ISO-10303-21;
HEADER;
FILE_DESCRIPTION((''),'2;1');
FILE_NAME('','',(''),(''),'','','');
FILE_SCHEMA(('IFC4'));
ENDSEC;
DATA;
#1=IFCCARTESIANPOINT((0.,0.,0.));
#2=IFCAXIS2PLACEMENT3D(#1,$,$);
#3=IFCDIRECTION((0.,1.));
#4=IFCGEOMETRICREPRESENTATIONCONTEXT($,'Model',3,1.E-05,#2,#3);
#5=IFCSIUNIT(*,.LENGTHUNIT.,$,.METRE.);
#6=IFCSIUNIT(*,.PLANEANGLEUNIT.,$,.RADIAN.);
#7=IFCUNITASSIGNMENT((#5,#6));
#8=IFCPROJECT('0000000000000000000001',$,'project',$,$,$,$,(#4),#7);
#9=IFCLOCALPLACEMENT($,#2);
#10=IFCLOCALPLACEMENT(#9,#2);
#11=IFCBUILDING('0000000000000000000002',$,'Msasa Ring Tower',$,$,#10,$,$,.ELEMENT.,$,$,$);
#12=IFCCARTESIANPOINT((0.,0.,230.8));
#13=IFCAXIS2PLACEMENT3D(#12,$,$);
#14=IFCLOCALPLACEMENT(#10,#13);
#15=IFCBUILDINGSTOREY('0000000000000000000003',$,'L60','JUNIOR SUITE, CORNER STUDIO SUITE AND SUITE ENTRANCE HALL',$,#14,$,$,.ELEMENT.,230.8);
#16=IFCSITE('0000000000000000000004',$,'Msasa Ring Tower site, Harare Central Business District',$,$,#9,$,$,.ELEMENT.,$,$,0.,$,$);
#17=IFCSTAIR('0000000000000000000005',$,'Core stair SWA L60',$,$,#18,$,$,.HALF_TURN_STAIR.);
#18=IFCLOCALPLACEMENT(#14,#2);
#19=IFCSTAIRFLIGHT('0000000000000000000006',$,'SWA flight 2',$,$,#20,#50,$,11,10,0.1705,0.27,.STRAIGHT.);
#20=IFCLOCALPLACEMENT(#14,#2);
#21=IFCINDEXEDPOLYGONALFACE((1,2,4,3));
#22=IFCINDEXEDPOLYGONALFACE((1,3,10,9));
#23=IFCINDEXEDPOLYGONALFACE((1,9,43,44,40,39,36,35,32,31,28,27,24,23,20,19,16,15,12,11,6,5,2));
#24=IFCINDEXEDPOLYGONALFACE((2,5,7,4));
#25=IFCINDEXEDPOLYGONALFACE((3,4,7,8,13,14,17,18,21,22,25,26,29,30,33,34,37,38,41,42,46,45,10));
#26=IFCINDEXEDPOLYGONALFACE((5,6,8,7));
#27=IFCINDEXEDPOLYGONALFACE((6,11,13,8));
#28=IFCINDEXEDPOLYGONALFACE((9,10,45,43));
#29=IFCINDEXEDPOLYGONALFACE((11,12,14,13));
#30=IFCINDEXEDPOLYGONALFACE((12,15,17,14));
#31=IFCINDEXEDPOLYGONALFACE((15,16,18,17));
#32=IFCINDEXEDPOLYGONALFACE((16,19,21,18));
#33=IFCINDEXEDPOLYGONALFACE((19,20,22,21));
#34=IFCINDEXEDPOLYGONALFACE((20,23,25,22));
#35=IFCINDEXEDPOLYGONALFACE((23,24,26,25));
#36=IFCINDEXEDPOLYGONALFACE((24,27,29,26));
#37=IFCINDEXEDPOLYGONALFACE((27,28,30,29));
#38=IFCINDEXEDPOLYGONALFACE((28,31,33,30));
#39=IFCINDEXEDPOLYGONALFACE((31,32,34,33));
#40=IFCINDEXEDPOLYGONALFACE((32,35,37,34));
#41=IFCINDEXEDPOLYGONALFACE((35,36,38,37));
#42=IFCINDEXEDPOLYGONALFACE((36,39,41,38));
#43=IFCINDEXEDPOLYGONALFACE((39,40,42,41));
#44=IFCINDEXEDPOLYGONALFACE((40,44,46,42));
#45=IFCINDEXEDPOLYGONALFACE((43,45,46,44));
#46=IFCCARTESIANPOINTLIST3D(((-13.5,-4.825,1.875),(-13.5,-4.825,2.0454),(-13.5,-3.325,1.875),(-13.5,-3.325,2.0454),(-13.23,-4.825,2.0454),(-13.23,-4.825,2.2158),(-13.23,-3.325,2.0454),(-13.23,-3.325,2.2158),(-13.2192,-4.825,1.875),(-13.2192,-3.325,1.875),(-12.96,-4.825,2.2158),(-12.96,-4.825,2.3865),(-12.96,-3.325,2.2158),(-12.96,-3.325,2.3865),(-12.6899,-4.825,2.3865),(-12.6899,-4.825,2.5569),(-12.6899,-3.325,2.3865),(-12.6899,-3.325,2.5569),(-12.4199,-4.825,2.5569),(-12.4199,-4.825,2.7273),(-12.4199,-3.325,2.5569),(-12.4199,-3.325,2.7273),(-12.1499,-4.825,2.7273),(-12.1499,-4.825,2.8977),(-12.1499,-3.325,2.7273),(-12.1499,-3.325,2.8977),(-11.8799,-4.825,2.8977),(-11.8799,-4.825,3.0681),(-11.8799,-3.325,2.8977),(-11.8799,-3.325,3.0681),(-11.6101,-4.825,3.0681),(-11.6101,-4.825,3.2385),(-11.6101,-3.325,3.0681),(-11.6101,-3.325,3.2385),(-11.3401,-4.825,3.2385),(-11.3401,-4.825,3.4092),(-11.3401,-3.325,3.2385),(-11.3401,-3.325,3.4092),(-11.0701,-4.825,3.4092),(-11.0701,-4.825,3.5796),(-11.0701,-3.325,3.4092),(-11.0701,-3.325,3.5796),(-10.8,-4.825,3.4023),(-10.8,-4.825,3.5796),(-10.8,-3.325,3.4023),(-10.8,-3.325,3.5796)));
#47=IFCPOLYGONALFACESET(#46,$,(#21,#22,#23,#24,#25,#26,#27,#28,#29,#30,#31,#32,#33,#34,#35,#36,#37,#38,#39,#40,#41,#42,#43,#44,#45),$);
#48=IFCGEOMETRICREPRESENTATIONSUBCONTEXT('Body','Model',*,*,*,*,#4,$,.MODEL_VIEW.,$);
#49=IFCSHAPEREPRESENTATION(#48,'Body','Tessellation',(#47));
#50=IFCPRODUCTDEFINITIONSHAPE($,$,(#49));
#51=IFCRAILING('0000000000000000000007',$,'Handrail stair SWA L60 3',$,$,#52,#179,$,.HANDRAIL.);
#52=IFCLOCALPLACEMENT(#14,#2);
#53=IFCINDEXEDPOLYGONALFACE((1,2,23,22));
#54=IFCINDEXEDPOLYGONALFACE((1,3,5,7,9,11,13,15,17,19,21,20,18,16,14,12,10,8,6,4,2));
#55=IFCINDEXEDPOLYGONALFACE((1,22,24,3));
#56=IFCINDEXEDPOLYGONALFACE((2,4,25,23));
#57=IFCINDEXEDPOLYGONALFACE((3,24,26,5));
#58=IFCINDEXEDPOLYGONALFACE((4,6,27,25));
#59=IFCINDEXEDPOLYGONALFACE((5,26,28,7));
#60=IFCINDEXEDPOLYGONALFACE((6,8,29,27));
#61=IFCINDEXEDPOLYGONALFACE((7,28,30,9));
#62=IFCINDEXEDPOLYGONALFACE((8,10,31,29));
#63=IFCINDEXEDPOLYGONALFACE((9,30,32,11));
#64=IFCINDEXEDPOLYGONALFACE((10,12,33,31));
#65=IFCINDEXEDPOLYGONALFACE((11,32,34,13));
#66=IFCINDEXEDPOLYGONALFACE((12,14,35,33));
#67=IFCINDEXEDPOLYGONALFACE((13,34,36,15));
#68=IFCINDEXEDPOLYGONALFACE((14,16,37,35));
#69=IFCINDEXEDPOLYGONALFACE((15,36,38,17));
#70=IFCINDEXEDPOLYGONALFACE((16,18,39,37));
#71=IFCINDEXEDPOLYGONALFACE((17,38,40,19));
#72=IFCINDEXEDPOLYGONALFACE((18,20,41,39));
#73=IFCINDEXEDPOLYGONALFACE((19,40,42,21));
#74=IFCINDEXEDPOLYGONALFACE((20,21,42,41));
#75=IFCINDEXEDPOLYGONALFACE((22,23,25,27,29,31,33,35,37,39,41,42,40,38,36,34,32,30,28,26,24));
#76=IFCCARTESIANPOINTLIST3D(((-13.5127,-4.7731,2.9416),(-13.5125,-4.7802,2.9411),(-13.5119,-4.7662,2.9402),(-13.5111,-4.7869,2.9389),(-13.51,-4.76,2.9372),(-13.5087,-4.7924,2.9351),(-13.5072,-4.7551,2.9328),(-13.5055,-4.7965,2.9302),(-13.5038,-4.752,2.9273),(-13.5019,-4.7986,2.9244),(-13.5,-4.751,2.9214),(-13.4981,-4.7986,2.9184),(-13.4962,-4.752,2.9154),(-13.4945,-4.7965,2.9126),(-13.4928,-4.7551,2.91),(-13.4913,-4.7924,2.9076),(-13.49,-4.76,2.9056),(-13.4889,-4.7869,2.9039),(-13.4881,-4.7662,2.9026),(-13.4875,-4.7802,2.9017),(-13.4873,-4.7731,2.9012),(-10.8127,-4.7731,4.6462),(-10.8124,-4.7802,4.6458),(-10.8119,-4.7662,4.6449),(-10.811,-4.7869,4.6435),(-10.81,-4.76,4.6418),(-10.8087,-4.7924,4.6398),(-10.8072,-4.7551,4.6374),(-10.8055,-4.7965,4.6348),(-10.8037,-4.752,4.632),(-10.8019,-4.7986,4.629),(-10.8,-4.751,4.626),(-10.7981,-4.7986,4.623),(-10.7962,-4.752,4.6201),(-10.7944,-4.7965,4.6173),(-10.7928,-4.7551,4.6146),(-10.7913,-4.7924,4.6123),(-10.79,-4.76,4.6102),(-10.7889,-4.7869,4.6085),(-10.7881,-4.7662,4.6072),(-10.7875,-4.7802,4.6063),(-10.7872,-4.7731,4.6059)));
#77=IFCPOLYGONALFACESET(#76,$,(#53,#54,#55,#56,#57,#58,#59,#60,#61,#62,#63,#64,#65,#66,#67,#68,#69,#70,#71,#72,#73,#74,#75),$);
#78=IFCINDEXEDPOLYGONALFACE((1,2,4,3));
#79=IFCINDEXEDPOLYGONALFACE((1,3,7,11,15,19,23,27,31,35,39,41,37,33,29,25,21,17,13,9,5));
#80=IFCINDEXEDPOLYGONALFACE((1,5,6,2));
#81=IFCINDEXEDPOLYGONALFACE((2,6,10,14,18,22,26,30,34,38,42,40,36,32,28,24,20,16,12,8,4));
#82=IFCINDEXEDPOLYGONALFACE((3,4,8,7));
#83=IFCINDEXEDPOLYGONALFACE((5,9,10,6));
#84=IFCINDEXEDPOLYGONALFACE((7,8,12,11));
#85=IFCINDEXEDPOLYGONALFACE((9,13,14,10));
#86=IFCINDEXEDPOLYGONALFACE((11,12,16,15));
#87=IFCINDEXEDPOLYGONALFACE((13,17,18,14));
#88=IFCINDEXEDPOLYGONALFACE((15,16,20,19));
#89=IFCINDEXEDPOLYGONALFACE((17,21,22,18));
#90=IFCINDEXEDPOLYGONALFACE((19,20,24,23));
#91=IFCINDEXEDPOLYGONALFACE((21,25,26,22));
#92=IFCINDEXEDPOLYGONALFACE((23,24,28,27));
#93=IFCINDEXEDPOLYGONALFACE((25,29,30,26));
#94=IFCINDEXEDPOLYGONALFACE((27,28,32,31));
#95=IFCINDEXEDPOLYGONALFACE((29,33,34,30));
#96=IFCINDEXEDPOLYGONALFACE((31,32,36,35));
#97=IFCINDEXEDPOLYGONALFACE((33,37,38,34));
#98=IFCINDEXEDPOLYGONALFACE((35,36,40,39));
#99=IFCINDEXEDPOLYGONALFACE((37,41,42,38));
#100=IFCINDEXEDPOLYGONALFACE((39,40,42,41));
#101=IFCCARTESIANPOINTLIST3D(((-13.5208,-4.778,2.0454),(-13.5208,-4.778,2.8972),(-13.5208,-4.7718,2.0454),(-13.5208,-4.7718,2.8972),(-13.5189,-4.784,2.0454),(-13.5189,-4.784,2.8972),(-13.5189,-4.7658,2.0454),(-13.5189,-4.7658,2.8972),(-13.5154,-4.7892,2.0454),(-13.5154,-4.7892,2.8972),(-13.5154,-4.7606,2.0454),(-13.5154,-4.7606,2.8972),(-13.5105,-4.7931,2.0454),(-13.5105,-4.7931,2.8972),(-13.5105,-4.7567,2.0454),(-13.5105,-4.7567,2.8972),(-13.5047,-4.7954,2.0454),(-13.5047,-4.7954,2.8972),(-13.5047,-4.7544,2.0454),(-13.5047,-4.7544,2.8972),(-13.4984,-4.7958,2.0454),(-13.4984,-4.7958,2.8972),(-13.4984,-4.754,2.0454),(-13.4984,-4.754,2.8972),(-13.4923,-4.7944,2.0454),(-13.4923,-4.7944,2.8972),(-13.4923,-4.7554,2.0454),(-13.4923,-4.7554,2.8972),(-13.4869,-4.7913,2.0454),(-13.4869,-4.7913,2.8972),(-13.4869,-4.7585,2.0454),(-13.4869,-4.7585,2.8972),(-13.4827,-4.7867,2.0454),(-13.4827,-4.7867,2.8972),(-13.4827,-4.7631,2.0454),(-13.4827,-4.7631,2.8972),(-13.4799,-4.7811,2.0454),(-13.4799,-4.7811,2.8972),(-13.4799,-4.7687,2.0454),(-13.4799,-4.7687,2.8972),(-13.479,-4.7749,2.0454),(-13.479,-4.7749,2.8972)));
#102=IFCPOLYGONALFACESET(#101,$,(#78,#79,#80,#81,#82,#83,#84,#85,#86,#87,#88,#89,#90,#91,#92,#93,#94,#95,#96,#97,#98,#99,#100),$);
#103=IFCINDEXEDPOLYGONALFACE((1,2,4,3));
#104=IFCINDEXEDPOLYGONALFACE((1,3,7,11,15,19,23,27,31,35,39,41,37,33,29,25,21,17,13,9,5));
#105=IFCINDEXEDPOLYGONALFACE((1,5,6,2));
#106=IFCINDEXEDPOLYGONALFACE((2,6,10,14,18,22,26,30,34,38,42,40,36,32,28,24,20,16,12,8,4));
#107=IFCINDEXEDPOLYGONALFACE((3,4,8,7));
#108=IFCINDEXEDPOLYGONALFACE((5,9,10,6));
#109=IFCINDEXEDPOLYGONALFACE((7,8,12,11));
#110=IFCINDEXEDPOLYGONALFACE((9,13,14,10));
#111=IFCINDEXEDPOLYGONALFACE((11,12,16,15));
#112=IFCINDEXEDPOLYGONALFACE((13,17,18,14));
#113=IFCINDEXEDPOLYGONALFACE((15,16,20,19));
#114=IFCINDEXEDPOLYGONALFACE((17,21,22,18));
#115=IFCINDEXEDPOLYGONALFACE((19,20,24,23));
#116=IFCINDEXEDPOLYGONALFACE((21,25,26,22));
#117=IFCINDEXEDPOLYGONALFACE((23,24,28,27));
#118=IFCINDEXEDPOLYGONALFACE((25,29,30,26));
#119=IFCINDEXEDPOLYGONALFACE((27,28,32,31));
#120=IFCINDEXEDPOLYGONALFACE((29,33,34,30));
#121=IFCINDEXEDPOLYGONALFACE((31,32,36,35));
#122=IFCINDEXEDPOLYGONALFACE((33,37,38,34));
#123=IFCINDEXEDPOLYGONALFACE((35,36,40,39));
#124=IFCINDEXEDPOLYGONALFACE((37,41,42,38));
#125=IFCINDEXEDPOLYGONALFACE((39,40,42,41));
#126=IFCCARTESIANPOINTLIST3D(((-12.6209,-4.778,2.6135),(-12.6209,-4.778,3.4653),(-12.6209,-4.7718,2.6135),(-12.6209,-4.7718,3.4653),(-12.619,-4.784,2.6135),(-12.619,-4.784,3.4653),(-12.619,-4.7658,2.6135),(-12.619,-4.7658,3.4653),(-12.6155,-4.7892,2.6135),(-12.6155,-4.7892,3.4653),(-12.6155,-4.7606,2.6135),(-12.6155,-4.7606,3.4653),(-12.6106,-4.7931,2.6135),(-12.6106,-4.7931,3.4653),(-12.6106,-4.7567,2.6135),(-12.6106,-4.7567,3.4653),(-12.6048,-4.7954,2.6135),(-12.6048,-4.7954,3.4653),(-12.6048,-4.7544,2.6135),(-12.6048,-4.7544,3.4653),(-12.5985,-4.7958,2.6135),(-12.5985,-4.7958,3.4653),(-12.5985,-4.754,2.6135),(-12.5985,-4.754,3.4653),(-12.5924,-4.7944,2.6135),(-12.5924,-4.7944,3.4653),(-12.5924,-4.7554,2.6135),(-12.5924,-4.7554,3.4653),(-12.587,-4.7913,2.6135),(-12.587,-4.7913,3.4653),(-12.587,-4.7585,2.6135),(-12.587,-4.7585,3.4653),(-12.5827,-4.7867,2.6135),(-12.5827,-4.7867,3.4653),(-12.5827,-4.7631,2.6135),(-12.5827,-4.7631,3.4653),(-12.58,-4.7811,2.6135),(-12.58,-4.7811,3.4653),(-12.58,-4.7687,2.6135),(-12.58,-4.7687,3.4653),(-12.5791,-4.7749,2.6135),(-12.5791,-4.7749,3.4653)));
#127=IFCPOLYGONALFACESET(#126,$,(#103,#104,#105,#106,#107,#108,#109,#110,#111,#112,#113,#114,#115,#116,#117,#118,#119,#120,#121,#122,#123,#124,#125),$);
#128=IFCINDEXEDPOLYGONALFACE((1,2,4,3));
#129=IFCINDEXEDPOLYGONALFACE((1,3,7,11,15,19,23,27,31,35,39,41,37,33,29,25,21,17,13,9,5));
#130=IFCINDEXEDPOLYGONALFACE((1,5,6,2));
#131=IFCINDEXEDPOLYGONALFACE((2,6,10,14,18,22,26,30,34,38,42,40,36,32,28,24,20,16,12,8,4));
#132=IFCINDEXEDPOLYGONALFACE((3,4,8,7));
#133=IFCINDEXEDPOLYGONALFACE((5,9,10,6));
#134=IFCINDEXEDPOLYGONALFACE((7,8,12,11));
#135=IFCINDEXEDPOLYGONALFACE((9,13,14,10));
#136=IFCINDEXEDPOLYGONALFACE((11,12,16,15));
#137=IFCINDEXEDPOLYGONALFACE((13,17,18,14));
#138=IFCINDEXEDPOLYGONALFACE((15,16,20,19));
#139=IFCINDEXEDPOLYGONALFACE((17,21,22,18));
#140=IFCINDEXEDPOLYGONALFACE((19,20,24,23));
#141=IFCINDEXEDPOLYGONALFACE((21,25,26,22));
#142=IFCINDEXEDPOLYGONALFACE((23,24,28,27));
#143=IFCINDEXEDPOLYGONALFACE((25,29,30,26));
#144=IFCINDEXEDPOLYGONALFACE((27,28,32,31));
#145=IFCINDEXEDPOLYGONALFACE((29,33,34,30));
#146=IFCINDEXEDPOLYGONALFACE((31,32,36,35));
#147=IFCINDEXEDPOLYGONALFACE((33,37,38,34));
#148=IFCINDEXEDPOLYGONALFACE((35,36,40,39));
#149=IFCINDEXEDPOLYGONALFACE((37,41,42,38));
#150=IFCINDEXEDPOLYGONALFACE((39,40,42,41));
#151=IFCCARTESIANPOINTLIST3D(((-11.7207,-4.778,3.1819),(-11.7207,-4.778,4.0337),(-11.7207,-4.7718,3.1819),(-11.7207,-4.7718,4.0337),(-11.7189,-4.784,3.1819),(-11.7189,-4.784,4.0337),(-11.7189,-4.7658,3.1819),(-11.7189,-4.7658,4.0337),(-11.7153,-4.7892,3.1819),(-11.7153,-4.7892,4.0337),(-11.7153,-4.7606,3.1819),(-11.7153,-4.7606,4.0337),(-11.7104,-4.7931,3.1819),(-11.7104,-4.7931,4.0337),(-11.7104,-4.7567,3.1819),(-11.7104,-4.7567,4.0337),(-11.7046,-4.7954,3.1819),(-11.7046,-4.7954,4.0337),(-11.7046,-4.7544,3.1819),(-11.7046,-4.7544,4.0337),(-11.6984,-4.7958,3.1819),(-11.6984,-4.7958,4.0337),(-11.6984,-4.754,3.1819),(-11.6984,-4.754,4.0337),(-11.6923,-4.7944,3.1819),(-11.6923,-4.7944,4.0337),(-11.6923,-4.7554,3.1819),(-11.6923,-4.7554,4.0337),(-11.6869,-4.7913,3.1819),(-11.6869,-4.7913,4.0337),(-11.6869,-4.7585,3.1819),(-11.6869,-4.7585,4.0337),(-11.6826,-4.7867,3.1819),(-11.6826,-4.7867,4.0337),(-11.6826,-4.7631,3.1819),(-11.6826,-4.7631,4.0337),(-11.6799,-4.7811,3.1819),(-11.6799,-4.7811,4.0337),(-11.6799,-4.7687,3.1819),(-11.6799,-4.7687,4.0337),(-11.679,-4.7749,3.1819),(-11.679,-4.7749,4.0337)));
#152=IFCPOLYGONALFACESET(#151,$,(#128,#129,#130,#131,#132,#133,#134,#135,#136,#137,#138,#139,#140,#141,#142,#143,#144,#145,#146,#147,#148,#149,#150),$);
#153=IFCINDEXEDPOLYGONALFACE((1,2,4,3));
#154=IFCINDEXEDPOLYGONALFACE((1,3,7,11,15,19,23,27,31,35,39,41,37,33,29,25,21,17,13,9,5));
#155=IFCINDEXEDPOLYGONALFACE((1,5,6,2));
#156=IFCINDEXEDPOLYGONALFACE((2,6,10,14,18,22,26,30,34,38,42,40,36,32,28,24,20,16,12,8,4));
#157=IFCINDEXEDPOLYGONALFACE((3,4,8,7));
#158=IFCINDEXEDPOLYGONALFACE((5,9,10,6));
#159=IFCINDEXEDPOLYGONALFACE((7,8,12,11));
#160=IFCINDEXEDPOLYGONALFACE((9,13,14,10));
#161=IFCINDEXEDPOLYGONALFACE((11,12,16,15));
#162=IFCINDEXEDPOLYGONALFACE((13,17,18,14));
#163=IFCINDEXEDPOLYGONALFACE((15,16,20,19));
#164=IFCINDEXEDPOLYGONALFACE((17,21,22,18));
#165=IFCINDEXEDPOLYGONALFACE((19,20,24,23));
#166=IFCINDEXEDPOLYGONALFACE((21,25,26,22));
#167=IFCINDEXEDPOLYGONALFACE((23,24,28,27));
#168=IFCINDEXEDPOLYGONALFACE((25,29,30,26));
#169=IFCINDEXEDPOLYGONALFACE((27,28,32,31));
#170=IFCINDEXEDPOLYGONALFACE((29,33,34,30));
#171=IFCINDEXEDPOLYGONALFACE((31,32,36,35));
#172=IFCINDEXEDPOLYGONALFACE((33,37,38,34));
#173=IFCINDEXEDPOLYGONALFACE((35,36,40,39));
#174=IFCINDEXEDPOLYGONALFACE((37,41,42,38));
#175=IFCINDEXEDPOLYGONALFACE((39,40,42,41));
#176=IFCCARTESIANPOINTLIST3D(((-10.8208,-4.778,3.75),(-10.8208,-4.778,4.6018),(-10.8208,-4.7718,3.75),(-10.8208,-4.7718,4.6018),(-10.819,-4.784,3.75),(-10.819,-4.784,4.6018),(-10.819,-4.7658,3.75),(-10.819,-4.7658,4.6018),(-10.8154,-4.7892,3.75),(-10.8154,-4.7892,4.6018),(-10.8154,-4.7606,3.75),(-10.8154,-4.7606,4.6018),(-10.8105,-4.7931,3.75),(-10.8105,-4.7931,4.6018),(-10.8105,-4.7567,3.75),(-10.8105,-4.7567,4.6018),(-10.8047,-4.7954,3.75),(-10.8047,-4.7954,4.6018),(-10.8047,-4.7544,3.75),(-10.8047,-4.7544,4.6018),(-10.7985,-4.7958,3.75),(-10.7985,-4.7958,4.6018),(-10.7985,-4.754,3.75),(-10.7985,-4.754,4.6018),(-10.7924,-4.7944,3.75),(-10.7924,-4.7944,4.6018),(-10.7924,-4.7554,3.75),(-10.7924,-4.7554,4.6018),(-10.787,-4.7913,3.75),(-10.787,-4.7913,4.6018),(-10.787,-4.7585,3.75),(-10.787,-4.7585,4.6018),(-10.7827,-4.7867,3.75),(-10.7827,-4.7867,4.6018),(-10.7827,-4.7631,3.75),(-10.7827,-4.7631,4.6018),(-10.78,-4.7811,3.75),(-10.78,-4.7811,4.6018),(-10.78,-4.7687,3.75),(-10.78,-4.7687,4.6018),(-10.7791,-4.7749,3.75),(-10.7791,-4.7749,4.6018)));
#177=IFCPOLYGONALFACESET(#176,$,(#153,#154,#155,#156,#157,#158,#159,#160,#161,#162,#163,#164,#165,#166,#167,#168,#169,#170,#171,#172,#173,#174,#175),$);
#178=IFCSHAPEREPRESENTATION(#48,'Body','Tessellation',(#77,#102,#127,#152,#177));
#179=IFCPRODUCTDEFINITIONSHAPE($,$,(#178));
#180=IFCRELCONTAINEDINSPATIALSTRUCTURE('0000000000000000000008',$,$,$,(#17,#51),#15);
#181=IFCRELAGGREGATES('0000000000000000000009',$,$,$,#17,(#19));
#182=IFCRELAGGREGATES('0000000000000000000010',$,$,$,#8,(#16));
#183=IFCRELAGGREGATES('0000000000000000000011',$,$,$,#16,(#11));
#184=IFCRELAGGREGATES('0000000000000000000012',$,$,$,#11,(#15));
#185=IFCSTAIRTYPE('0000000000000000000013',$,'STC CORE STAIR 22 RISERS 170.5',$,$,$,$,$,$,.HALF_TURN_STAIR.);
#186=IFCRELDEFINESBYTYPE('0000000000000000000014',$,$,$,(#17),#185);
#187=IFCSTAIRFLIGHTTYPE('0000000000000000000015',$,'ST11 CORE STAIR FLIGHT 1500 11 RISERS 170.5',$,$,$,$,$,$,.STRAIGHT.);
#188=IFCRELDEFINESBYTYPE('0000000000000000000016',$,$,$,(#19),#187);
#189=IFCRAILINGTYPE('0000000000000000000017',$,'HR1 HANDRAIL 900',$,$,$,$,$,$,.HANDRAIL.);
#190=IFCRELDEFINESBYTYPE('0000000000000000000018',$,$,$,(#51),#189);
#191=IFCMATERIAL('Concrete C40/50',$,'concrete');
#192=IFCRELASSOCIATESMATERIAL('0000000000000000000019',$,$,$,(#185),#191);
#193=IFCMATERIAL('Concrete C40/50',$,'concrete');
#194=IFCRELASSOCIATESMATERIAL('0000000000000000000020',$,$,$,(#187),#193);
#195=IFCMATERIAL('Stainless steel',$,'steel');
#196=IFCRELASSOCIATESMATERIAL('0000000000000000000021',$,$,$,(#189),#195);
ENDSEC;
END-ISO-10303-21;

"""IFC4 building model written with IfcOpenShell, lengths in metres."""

from ifc_helpers import new_model, si_unit, direction, frame, origin, origin_2d, place, context, subcontext, project, spatial, polyline, circle, outline, extrude, material, type_object, element, aggregate, save


model = new_model("IFC4")

# Units and contexts
model_context = context("Model", 3, precision=1e-05, world=origin(), true_north=direction((0.0, 1.0)))
body_context = subcontext(model_context, "Body", "Model", "MODEL_VIEW")
ifc_project = project(units=[si_unit("LENGTHUNIT", "METRE"), si_unit("PLANEANGLEUNIT", "RADIAN")], contexts=[model_context])

# Site, building, storey
site_placement = place(None, origin())
site = spatial("IfcSite", under=ifc_project, at=site_placement, Name="Msasa Ring Tower site, Harare Central Business District", CompositionType="ELEMENT", RefElevation=0.0)
building_placement = place(site_placement, origin())
building = spatial("IfcBuilding", under=site, at=building_placement, Name="Msasa Ring Tower", CompositionType="ELEMENT")
storey_placement = place(building_placement, frame((0.0, 0.0, 230.8)))
storey = spatial("IfcBuildingStorey", under=building, at=storey_placement, Name="L60", Description="JUNIOR SUITE, CORNER STUDIO SUITE AND SUITE ENTRANCE HALL", CompositionType="ELEMENT", Elevation=230.8)

# Stair, stair flight
ifc_material_1 = material(Name="Concrete C40/50", Category="concrete")
stair_type = type_object("IfcStairType", Name="STC CORE STAIR 22 RISERS 170.5", PredefinedType="HALF_TURN_STAIR", material=ifc_material_1)
stair_placement = place(storey_placement, origin())
stair = element("IfcStair", 1, at=stair_placement, inside=storey, type_object=stair_type, Name="Core stair SWA L60", PredefinedType="HALF_TURN_STAIR")
ifc_material_2 = material(Name="Concrete C40/50", Category="concrete")
stair_flight_type = type_object("IfcStairFlightType", Name="ST11 CORE STAIR FLIGHT 1500 11 RISERS 170.5", PredefinedType="STRAIGHT", material=ifc_material_2)
stair_flight_placement = place(storey_placement, frame((-13.5, -4.075, 1.875), z_axis=(0.0, 0.0, 1.0), x_axis=(1.0, 0.0, 0.0)))
stair_flight = element("IfcStairFlight", 2, at=stair_flight_placement, type_object=stair_flight_type, Name="SWA flight 2", NumberOfRisers=11, NumberOfTreads=10, PredefinedType="STRAIGHT", RiserHeight=0.1705, TreadLength=0.27, context=body_context, shape_type="SweptSolid", body=[
    extrude(outline(polyline([(0.0, 0.0), (0.0, 0.1704), (0.27, 0.1704), (0.27, 0.3408), (0.54, 0.3408), (0.54, 0.5115), (0.8101, 0.5115), (0.8101, 0.6819), (1.0801, 0.6819), (1.0801, 0.8523), (1.3501, 0.8523), (1.3501, 1.0227), (1.6201, 1.0227), (1.6201, 1.1931), (1.8899, 1.1931), (1.8899, 1.3635), (2.1599, 1.3635), (2.1599, 1.5342), (2.4299, 1.5342), (2.4299, 1.7046), (2.7, 1.7046), (2.7, 1.875), (2.7, 1.5273), (0.2808, 0.0), (0.0, 0.0)])), frame((0.0, 0.75, 0.0), z_axis=(0.0, -1.0, 0.0), x_axis=(1.0, 0.0, 0.0)), (0.0, 0.0, 1.0), 1.5),
])
aggregate(stair, [stair_flight])

# Railing
ifc_material_3 = material(Name="Stainless steel", Category="steel")
railing_type = type_object("IfcRailingType", Name="HR1 HANDRAIL 900", PredefinedType="HANDRAIL", material=ifc_material_3)
for number, where, name in (
    (3, (-13.5, -4.7749, 2.0454), "Handrail stair SWA L60 3"),
):
    element("IfcRailing", number, at=place(storey_placement, frame(where)), inside=storey, type_object=railing_type, Name=name, PredefinedType="HANDRAIL", context=body_context, shape_type="SweptSolid", body=[
        extrude(circle(Radius=0.0239, at=origin_2d()), frame((0.0, 0.0, 0.876), z_axis=(0.84558, 0.0, 0.533849), x_axis=(0.0, 1.0, 0.0)), (0.0, 0.0, 1.0), 3.1931),
        extrude(circle(Radius=0.021, at=origin_2d()), origin(), (0.0, 0.0, 1.0), 0.8518),
        extrude(circle(Radius=0.021, at=origin_2d()), frame((0.8999, 0.0, 0.5681)), (0.0, 0.0, 1.0), 0.8518),
        extrude(circle(Radius=0.021, at=origin_2d()), frame((1.8, 0.0, 1.1365)), (0.0, 0.0, 1.0), 0.8518),
        extrude(circle(Radius=0.021, at=origin_2d()), frame((2.7, 0.0, 1.7046)), (0.0, 0.0, 1.0), 0.8518),
    ])

save(model, "model.ifc")
